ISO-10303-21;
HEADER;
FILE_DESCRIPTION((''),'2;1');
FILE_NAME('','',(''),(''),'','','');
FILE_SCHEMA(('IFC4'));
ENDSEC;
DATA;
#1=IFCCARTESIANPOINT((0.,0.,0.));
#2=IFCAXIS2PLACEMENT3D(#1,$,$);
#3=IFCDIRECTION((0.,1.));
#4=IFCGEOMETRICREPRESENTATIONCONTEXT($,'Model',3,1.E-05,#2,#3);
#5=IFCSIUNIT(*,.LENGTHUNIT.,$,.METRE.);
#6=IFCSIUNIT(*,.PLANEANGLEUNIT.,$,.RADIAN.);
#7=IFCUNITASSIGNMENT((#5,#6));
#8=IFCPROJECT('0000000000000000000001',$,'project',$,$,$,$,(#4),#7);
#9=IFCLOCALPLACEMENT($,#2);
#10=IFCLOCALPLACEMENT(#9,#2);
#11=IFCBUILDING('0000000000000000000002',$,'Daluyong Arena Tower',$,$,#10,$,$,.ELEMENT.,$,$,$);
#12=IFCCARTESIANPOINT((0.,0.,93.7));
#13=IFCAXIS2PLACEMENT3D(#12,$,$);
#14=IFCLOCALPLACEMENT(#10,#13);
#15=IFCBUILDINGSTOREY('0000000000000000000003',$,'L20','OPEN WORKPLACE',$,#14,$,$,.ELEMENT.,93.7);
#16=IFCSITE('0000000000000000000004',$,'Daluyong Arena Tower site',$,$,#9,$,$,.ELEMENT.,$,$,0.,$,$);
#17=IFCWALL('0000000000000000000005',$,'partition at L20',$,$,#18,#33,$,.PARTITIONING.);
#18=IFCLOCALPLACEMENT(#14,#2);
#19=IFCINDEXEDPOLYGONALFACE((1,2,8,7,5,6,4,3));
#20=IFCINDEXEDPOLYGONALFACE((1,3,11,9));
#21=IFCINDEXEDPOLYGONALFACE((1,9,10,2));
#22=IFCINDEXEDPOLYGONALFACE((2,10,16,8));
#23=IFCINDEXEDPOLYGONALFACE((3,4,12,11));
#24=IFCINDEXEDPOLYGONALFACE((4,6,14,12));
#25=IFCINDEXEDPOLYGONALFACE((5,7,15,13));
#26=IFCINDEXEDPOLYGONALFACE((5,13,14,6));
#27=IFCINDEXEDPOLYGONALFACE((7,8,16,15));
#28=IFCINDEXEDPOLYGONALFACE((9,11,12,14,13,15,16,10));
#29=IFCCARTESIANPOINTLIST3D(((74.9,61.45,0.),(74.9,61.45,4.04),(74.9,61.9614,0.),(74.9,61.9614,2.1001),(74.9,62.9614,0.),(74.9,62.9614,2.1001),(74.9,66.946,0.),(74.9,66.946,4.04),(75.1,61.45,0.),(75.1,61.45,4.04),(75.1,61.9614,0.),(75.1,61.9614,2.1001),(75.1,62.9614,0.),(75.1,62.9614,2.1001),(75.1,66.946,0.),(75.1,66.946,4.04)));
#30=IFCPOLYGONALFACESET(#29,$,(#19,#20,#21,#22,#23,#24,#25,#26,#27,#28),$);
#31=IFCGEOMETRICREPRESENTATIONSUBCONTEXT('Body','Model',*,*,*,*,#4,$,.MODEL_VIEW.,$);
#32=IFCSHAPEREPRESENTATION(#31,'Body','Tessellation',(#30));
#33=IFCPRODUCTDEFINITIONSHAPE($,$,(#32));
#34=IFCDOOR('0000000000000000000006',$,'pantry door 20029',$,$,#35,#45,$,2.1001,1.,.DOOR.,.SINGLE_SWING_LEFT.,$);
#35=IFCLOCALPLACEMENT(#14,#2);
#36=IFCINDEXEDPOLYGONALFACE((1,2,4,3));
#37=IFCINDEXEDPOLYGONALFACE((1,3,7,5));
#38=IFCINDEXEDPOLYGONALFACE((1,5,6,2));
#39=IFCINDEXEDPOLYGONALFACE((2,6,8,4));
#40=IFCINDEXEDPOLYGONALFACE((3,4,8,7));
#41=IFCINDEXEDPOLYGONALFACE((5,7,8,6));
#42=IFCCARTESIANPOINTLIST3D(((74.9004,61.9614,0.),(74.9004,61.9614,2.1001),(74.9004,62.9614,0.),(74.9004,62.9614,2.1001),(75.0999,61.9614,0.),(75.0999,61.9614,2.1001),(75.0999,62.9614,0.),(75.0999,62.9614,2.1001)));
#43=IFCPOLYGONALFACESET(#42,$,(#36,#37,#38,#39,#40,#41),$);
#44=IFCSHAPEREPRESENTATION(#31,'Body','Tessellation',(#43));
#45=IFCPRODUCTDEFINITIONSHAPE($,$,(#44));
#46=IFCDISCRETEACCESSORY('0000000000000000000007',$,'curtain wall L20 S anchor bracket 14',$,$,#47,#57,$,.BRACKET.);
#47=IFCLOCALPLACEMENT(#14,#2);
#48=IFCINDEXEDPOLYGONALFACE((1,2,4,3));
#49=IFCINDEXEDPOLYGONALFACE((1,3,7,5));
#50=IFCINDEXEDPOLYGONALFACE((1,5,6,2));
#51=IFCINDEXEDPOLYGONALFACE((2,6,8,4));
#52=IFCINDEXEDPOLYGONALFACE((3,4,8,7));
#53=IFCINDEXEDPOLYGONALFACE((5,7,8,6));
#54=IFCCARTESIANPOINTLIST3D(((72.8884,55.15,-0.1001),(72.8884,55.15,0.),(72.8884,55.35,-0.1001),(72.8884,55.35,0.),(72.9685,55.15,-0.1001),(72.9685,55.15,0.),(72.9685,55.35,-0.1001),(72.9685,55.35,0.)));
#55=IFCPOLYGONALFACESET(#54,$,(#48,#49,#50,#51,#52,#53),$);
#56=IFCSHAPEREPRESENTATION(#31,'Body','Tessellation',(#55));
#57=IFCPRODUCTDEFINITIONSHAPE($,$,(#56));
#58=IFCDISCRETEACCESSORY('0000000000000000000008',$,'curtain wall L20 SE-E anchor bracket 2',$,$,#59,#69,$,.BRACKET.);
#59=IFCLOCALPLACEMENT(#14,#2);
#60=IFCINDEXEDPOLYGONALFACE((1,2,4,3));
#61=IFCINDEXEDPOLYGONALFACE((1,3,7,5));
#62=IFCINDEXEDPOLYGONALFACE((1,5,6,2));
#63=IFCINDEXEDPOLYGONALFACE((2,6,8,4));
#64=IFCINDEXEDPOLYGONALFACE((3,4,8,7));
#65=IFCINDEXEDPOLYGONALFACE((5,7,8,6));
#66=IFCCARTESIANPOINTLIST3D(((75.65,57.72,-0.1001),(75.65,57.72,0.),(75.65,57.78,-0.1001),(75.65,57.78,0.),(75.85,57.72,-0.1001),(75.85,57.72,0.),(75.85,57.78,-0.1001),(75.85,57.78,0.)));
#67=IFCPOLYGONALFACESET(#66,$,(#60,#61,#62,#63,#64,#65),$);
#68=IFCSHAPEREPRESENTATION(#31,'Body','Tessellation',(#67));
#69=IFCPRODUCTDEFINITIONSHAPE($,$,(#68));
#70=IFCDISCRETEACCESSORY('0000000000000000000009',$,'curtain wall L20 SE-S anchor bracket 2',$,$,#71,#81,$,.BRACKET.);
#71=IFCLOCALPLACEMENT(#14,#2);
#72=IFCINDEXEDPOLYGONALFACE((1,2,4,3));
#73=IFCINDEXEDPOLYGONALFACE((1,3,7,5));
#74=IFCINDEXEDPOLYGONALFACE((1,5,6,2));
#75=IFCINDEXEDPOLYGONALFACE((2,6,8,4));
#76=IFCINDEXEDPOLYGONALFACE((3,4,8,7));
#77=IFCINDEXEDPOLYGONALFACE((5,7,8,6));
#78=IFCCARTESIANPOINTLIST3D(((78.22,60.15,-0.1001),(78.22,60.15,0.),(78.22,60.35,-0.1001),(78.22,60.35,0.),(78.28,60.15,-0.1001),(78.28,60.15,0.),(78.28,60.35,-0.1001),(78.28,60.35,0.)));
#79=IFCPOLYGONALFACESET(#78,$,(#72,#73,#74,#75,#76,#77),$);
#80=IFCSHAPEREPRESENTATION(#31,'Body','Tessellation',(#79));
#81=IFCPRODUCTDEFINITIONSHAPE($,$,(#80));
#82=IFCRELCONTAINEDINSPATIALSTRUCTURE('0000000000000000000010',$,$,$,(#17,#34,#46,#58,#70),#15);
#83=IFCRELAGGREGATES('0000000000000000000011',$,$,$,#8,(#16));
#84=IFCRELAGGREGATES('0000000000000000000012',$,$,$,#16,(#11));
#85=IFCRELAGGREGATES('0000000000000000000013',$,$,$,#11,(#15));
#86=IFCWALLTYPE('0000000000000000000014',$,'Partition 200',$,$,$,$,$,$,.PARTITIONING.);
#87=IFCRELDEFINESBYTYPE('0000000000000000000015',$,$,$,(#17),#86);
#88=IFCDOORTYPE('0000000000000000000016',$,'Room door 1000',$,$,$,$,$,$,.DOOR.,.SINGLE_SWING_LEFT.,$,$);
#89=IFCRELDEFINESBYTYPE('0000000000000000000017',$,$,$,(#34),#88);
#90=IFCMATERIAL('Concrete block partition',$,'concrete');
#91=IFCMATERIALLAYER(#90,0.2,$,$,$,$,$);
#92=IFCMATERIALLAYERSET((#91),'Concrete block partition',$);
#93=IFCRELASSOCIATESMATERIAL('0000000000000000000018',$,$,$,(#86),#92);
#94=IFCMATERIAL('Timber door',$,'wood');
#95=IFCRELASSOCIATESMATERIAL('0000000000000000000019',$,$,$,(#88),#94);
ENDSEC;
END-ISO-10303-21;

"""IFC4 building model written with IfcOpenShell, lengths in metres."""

from ifc_helpers import new_model, si_unit, direction, frame, frame_2d, origin, origin_2d, place, context, subcontext, project, spatial, rectangle, extrude, material, layer, layer_set, type_object, element, fill, save


model = new_model("IFC4")

# Units and contexts
model_context = context("Model", 3, precision=1e-05, world=origin(), true_north=direction((0.0, 1.0)))
body_context = subcontext(model_context, "Body", "Model", "MODEL_VIEW")
ifc_project = project(units=[si_unit("LENGTHUNIT", "METRE"), si_unit("PLANEANGLEUNIT", "RADIAN")], contexts=[model_context])

# Site, building, storey
site_placement = place(None, origin())
site = spatial("IfcSite", under=ifc_project, at=site_placement, Name="Daluyong Arena Tower site", CompositionType="ELEMENT", RefElevation=0.0)
building_placement = place(site_placement, origin())
building = spatial("IfcBuilding", under=site, at=building_placement, Name="Daluyong Arena Tower", CompositionType="ELEMENT")
storey_placement = place(building_placement, frame((0.0, 0.0, 93.7)))
storey = spatial("IfcBuildingStorey", under=building, at=storey_placement, Name="L20", Description="OPEN WORKPLACE", CompositionType="ELEMENT", Elevation=93.7)

# Wall, opening, door
ifc_material_1 = material(Name="Concrete block partition", Category="concrete")
ifc_layer_1 = layer(ifc_material_1, 0.2)
ifc_layer_set_1 = layer_set([ifc_layer_1], Name="Concrete block partition")
wall_type = type_object("IfcWallType", Name="Partition 200", PredefinedType="PARTITIONING", material=ifc_layer_set_1)
wall_placement = place(storey_placement, frame((75.0, 61.45, 0.0), z_axis=(0.0, 0.0, 1.0), x_axis=(0.0, 1.0, 0.0)))
wall = element("IfcWall", 1, at=wall_placement, inside=storey, type_object=wall_type, Name="partition at L20", PredefinedType="PARTITIONING", context=body_context, shape_type="SweptSolid", body=[
    extrude(rectangle(XDim=5.4961, YDim=0.2, at=frame_2d((2.748, 0.0))), origin(), (0.0, 0.0, 1.0), 4.04),
])
opening_placement = place(wall_placement, frame((0.5115, 0.0, 0.0)))
opening = element("IfcOpeningElement", 2, at=opening_placement, cuts=wall, PredefinedType="OPENING", context=body_context, shape_type="SweptSolid", body=[
    extrude(rectangle(XDim=1.0, YDim=2.1001, at=frame_2d((0.5, 1.05))), frame((0.0, 0.1099, 0.0), z_axis=(0.0, -1.0, 0.0), x_axis=(1.0, 0.0, 0.0)), (0.0, 0.0, 1.0), 0.22),
])
ifc_material_2 = material(Name="Timber door", Category="wood")
door_type = type_object("IfcDoorType", Name="Room door 1000", OperationType="SINGLE_SWING_LEFT", PredefinedType="DOOR", material=ifc_material_2)
door_placement = place(opening_placement, origin())
door = element("IfcDoor", 3, at=door_placement, inside=storey, type_object=door_type, Name="pantry door 20029", OperationType="SINGLE_SWING_LEFT", OverallHeight=2.1001, OverallWidth=1.0, PredefinedType="DOOR", context=body_context, shape_type="SweptSolid", body=[
    extrude(rectangle(XDim=1.0, YDim=2.1001, at=frame_2d((0.5, 1.05))), frame((0.0, 0.0996, 0.0), z_axis=(0.0, -1.0, 0.0), x_axis=(1.0, 0.0, 0.0)), (0.0, 0.0, 1.0), 0.1995),
])
fill(opening, door)

# Discrete accessories
discrete_accessory_placement = place(storey_placement, frame((72.9285, 55.25, -0.1001), z_axis=(0.0, 0.0, 1.0), x_axis=(1.0, 0.0, 0.0)))
element("IfcDiscreteAccessory", 4, at=discrete_accessory_placement, inside=storey, Name="curtain wall L20 S anchor bracket 14", PredefinedType="BRACKET", context=body_context, shape_type="SweptSolid", body=[
    extrude(rectangle(XDim=0.0801, YDim=0.2, at=origin_2d()), origin(), (0.0, 0.0, 1.0), 0.1001),
])
for number, where, z_axis, x_axis, name in (
    (5, (75.75, 57.75, -0.1001), (0.0, 0.0, 1.0), (0.0, 1.0, 0.0), "curtain wall L20 SE-E anchor bracket 2"),
    (6, (78.25, 60.25, -0.1001), (0.0, 0.0, 1.0), (1.0, 0.0, 0.0), "curtain wall L20 SE-S anchor bracket 2"),
):
    element("IfcDiscreteAccessory", number, at=place(storey_placement, frame(where, z_axis=z_axis, x_axis=x_axis)), inside=storey, Name=name, PredefinedType="BRACKET", context=body_context, shape_type="SweptSolid", body=[
        extrude(rectangle(XDim=0.0601, YDim=0.2, at=origin_2d()), origin(), (0.0, 0.0, 1.0), 0.1001),
    ])

save(model, "model.ifc")
